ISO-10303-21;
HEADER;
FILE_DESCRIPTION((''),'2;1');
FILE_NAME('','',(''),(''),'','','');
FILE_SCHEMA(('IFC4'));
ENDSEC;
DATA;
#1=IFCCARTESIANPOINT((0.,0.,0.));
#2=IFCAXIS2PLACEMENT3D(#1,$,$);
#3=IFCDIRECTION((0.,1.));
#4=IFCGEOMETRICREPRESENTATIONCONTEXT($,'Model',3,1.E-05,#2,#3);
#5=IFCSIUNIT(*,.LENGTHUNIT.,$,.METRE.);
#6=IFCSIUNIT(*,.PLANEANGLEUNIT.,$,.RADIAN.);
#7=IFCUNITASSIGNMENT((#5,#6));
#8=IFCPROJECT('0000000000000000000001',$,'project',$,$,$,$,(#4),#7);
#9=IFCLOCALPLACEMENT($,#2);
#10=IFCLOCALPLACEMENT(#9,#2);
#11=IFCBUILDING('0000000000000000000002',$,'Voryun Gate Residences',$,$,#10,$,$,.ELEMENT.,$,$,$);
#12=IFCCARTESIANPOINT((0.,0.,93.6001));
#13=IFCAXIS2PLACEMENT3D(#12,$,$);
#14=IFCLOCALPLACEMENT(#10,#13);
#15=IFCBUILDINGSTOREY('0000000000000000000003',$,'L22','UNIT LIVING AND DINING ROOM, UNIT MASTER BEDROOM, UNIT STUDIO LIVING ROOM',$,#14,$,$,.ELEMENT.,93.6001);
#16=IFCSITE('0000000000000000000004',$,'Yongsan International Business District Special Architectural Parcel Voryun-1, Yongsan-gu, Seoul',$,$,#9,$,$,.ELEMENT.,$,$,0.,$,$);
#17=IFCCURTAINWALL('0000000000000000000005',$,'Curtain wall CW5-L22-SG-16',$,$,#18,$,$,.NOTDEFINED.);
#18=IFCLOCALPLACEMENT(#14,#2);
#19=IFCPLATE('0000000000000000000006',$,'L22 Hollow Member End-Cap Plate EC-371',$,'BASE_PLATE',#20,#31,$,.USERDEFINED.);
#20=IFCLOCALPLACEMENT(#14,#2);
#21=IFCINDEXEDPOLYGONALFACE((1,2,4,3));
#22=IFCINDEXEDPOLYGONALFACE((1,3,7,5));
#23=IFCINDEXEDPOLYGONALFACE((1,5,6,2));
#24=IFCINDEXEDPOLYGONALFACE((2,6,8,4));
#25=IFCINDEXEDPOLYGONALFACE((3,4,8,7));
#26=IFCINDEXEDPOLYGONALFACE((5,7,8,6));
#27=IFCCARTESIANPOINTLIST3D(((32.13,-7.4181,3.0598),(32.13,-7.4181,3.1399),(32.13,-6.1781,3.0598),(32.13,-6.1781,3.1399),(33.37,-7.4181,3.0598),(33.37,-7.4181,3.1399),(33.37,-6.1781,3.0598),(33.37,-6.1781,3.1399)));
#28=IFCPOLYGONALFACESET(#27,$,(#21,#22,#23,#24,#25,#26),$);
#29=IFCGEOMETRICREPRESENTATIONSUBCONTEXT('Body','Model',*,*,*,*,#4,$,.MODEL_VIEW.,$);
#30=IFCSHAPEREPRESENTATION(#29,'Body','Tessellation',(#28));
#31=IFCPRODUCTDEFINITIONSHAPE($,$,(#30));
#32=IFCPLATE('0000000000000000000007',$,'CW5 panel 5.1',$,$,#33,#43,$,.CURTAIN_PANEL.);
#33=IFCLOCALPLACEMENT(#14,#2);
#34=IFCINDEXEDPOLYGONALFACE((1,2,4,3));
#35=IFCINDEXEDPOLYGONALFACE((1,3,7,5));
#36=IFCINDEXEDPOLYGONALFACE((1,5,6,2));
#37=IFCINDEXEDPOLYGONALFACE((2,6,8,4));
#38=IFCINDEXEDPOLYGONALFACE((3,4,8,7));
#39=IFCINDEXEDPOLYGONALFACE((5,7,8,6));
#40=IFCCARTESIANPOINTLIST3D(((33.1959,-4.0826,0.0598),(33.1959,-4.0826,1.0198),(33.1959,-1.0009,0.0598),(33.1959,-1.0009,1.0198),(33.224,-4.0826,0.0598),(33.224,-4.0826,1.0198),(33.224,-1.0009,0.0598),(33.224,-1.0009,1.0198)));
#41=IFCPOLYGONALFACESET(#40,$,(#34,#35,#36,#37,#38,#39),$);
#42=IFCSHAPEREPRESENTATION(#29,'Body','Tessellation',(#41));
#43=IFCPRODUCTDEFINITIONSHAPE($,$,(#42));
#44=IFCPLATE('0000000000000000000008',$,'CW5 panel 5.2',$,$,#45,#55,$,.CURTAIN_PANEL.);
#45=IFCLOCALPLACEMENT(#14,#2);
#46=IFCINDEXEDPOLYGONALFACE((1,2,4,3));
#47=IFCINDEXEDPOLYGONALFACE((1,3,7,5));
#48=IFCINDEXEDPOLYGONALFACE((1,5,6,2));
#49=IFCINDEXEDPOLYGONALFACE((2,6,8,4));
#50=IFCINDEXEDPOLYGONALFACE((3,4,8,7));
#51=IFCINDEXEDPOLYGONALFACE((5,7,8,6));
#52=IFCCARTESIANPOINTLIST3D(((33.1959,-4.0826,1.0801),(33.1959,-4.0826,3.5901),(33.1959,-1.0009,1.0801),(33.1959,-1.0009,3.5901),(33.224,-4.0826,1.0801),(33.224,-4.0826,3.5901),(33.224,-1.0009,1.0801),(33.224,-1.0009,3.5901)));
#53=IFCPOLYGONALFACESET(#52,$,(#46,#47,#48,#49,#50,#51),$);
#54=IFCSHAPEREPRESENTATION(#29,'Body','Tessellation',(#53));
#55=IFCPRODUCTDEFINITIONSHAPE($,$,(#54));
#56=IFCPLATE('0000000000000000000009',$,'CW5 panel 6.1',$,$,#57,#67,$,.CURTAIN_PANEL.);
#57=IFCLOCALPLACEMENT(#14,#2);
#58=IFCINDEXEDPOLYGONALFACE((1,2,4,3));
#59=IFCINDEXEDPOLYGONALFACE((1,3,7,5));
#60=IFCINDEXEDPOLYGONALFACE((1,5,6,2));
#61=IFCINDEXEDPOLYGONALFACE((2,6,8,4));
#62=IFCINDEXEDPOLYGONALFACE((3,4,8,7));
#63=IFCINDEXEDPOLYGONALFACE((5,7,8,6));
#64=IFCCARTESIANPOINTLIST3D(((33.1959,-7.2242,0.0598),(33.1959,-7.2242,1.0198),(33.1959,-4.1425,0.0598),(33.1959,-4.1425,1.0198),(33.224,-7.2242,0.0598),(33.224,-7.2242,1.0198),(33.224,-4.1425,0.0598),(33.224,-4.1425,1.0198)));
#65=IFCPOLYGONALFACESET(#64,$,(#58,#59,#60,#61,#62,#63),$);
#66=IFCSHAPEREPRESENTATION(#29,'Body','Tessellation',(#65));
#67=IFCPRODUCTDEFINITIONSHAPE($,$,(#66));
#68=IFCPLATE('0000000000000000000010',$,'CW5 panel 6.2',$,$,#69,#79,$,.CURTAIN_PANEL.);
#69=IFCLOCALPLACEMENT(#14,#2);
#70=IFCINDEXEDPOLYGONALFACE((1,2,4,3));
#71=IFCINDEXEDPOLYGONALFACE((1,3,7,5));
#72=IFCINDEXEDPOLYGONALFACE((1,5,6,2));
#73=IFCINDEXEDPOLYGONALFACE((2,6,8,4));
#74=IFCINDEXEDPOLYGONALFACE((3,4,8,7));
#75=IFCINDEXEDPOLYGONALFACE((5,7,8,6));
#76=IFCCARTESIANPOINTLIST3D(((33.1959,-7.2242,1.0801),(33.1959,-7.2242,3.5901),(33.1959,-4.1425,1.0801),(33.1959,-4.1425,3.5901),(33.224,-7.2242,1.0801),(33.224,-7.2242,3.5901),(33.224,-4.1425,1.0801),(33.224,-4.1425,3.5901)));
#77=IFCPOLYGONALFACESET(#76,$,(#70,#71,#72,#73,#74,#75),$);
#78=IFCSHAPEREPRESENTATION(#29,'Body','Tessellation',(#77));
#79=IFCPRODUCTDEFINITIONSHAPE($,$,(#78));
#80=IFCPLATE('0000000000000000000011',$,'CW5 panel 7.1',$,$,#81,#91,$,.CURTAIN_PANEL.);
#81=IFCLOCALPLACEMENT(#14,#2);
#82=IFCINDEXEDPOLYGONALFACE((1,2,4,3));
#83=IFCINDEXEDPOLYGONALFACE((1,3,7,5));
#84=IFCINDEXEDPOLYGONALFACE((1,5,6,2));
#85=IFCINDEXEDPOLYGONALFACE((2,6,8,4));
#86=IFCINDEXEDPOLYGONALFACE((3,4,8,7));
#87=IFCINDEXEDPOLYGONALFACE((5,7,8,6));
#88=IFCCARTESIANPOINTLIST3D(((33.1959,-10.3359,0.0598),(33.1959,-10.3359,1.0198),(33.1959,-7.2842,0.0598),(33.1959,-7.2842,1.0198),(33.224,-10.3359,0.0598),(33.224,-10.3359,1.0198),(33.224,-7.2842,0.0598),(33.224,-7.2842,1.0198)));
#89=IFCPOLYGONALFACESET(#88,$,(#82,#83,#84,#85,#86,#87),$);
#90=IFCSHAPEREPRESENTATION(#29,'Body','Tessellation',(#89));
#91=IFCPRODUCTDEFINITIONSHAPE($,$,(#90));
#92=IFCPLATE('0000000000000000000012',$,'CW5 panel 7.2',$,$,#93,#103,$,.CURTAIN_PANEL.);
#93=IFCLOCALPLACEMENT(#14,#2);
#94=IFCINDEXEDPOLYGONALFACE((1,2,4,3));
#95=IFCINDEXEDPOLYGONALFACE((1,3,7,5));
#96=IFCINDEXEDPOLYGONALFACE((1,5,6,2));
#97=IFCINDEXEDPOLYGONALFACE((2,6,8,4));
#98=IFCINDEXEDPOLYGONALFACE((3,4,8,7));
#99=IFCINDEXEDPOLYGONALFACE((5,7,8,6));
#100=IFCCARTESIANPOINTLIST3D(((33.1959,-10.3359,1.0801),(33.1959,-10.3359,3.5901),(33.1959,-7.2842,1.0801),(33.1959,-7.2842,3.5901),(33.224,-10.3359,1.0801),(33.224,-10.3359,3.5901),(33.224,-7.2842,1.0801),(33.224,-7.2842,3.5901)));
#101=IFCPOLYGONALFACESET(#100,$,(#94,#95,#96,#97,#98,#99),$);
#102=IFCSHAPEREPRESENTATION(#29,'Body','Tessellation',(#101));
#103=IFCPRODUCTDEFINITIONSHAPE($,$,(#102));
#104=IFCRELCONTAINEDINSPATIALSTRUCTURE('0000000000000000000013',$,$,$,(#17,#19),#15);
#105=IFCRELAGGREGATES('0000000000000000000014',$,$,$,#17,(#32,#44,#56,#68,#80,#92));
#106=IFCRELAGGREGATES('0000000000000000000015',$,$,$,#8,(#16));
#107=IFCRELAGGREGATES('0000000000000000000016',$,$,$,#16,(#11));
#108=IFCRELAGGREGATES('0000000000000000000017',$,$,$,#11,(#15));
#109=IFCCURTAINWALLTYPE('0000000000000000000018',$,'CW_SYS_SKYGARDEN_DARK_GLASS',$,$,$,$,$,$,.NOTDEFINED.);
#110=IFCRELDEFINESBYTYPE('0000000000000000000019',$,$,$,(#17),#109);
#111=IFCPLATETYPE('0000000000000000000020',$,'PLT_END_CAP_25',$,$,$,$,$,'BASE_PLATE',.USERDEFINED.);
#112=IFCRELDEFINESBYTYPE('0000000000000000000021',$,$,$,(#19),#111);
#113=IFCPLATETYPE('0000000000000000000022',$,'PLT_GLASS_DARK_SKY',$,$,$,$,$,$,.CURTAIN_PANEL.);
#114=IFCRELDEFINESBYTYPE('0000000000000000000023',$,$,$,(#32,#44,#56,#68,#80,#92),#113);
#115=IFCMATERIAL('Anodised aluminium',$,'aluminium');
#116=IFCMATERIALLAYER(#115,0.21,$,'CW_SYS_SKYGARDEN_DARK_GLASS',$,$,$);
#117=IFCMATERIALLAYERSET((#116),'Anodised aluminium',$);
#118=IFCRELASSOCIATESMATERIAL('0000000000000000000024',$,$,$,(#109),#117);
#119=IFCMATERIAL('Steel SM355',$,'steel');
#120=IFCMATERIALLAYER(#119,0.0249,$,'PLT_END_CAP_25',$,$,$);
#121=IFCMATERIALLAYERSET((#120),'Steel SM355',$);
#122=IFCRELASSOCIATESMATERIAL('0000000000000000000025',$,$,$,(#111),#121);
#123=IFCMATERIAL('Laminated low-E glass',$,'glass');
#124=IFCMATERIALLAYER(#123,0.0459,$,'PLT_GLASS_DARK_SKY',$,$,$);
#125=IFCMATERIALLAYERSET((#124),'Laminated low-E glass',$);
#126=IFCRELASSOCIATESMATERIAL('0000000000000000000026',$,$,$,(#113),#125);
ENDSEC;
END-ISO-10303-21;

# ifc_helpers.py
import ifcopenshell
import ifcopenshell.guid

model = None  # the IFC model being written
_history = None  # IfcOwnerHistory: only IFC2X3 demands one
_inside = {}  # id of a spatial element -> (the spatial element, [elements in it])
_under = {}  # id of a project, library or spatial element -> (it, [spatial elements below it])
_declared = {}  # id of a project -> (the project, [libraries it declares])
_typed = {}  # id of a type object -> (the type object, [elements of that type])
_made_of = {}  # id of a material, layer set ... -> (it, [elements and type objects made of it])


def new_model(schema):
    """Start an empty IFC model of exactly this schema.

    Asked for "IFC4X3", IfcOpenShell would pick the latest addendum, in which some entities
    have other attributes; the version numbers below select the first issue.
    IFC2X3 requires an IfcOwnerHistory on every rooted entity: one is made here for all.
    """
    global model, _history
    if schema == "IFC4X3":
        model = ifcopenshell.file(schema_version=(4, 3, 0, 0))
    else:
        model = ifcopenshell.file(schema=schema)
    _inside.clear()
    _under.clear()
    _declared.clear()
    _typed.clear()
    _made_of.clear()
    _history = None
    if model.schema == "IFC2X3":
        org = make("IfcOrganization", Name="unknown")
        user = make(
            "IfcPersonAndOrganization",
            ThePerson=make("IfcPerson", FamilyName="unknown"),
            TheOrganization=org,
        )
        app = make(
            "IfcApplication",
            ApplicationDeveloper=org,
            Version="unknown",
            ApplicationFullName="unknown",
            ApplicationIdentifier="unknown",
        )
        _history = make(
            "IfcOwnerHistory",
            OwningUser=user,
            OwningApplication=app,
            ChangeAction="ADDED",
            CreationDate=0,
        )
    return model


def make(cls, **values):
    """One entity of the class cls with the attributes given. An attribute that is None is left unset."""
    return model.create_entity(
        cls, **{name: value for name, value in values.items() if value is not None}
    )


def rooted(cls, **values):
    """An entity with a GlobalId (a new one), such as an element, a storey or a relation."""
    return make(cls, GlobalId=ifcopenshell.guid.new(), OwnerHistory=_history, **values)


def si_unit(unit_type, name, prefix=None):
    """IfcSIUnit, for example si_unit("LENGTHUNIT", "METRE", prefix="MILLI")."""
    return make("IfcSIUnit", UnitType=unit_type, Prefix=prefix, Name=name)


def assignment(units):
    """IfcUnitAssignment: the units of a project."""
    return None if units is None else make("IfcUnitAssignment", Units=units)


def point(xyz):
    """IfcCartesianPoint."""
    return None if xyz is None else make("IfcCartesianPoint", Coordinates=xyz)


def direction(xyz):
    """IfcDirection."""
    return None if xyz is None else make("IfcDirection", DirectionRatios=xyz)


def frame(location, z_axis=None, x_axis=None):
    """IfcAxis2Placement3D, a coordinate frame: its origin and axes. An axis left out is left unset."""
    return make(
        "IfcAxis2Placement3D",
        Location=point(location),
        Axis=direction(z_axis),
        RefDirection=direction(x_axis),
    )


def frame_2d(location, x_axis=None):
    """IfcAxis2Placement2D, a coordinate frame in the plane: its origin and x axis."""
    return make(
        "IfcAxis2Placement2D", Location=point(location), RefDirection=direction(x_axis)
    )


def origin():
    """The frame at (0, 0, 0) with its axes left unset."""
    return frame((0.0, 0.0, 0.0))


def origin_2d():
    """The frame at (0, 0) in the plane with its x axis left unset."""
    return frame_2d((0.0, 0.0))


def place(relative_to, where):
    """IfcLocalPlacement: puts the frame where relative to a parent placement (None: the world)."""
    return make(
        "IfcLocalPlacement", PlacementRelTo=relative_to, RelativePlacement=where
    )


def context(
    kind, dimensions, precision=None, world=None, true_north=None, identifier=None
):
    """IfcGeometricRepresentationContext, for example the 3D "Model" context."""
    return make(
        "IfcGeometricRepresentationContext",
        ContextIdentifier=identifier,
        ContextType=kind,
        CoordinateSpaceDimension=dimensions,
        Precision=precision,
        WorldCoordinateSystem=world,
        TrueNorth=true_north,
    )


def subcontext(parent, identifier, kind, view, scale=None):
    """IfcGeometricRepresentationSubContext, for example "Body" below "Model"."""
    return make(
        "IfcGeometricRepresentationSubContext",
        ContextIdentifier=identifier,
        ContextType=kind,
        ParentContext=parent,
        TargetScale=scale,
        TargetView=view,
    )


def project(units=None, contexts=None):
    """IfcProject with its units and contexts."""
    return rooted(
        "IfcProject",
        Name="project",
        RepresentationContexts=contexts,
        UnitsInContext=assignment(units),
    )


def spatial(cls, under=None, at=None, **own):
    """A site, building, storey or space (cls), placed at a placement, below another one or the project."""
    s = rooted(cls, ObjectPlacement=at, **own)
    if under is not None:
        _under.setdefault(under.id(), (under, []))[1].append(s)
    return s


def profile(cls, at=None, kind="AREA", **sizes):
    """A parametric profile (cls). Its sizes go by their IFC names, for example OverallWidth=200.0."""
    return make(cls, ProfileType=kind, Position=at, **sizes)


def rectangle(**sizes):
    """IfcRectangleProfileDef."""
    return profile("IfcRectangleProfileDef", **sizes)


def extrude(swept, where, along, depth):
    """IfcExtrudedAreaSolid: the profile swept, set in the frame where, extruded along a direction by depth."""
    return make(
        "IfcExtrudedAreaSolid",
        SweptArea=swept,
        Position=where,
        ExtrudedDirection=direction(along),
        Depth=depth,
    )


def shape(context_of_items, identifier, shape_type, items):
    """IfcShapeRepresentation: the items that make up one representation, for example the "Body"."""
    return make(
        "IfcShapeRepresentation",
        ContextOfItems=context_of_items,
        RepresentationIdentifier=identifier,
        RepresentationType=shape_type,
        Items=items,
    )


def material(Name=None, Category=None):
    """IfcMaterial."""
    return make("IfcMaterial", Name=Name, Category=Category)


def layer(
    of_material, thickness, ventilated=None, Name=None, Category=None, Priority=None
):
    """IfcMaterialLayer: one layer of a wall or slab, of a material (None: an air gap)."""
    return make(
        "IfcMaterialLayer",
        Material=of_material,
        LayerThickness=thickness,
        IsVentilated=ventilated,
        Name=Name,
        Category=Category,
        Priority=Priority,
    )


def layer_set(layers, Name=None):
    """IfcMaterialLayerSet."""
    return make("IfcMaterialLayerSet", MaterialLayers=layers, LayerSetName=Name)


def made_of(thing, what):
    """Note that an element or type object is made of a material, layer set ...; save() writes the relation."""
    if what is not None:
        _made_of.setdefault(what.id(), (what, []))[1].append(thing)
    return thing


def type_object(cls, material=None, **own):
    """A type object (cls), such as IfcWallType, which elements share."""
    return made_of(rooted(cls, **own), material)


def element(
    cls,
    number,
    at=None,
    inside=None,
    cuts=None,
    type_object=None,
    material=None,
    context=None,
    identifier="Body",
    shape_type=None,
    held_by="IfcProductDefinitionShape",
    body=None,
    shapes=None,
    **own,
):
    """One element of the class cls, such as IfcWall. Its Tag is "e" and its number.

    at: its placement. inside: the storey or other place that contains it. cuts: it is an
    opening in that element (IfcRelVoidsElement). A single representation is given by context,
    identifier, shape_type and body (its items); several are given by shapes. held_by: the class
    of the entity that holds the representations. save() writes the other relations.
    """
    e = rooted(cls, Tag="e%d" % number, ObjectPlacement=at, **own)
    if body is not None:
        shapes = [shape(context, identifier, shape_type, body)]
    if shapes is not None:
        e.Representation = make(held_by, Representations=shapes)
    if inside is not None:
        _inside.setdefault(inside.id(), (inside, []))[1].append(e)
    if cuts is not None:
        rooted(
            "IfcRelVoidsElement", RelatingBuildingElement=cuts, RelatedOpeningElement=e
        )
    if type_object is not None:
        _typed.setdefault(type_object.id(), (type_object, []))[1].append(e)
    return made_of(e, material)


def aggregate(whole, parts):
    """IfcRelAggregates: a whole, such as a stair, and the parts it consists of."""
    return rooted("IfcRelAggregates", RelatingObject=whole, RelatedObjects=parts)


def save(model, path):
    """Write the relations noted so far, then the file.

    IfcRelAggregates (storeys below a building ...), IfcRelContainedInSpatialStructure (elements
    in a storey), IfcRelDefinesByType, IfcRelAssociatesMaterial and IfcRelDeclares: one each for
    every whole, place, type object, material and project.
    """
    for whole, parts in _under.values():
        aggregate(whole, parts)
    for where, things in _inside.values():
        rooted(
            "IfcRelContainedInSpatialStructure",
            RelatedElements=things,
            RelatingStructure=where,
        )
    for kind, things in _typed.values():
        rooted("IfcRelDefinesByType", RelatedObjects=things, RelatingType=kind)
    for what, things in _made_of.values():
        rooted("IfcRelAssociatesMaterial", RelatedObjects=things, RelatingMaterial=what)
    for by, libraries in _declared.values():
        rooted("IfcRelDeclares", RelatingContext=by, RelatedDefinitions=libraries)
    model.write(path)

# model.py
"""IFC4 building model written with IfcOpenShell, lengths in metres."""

from ifc_helpers import new_model, si_unit, direction, frame, origin, origin_2d, place, context, subcontext, project, spatial, rectangle, extrude, material, layer, layer_set, type_object, element, aggregate, save


model = new_model("IFC4")

# Units and contexts
model_context = context("Model", 3, precision=1e-05, world=origin(), true_north=direction((0.0, 1.0)))
body_context = subcontext(model_context, "Body", "Model", "MODEL_VIEW")
ifc_project = project(units=[si_unit("LENGTHUNIT", "METRE"), si_unit("PLANEANGLEUNIT", "RADIAN")], contexts=[model_context])

# Site, building, storey
site_placement = place(None, origin())
site = spatial("IfcSite", under=ifc_project, at=site_placement, Name="Yongsan International Business District Special Architectural Parcel Voryun-1, Yongsan-gu, Seoul", CompositionType="ELEMENT", RefElevation=0.0)
building_placement = place(site_placement, origin())
building = spatial("IfcBuilding", under=site, at=building_placement, Name="Voryun Gate Residences", CompositionType="ELEMENT")
storey_placement = place(building_placement, frame((0.0, 0.0, 93.6001)))
storey = spatial("IfcBuildingStorey", under=building, at=storey_placement, Name="L22", Description="UNIT LIVING AND DINING ROOM, UNIT MASTER BEDROOM, UNIT STUDIO LIVING ROOM", CompositionType="ELEMENT", Elevation=93.6001)

# Curtain wall
ifc_material_1 = material(Name="Anodised aluminium", Category="aluminium")
ifc_layer_1 = layer(ifc_material_1, 0.21, Name="CW_SYS_SKYGARDEN_DARK_GLASS")
ifc_layer_set_1 = layer_set([ifc_layer_1], Name="Anodised aluminium")
curtain_wall_type = type_object("IfcCurtainWallType", Name="CW_SYS_SKYGARDEN_DARK_GLASS", PredefinedType="NOTDEFINED", material=ifc_layer_set_1)
curtain_wall_placement = place(storey_placement, origin())
curtain_wall = element("IfcCurtainWall", 1, at=curtain_wall_placement, inside=storey, type_object=curtain_wall_type, Name="Curtain wall CW5-L22-SG-16", PredefinedType="NOTDEFINED")

# Plate
ifc_material_2 = material(Name="Steel SM355", Category="steel")
ifc_layer_2 = layer(ifc_material_2, 0.0249, Name="PLT_END_CAP_25")
ifc_layer_set_2 = layer_set([ifc_layer_2], Name="Steel SM355")
plate_type_1 = type_object("IfcPlateType", Name="PLT_END_CAP_25", ElementType="BASE_PLATE", PredefinedType="USERDEFINED", material=ifc_layer_set_2)
for number, where, z_axis, x_axis, name in (
    (2, (32.75, -6.7981, 3.0598), (0.0, 0.0, 1.0), (1.0, 0.0, 0.0), "L22 Hollow Member End-Cap Plate EC-371"),
):
    element("IfcPlate", number, at=place(storey_placement, frame(where, z_axis=z_axis, x_axis=x_axis)), inside=storey, type_object=plate_type_1, Name=name, ObjectType="BASE_PLATE", PredefinedType="USERDEFINED", context=body_context, shape_type="SweptSolid", body=[
        extrude(rectangle(XDim=1.24, YDim=1.24, at=origin_2d()), origin(), (0.0, 0.0, 1.0), 0.0801),
    ])

# Plates
ifc_material_3 = material(Name="Laminated low-E glass", Category="glass")
ifc_layer_3 = layer(ifc_material_3, 0.0459, Name="PLT_GLASS_DARK_SKY")
ifc_layer_set_3 = layer_set([ifc_layer_3], Name="Laminated low-E glass")
plate_type_2 = type_object("IfcPlateType", Name="PLT_GLASS_DARK_SKY", PredefinedType="CURTAIN_PANEL", material=ifc_layer_set_3)
plate_1_placement = place(storey_placement, frame((33.21, -2.5417, 0.0598), z_axis=(0.0, 0.0, 1.0), x_axis=(0.0, -1.0, 0.0)))
plate_1 = element("IfcPlate", 3, at=plate_1_placement, type_object=plate_type_2, Name="CW5 panel 5.1", PredefinedType="CURTAIN_PANEL", context=body_context, shape_type="SweptSolid", body=[
    extrude(rectangle(XDim=3.0818, YDim=0.0281, at=origin_2d()), origin(), (0.0, 0.0, 1.0), 0.96),
])
plate_2_placement = place(storey_placement, frame((33.21, -2.5417, 1.0801), z_axis=(0.0, 0.0, 1.0), x_axis=(0.0, -1.0, 0.0)))
plate_2 = element("IfcPlate", 4, at=plate_2_placement, type_object=plate_type_2, Name="CW5 panel 5.2", PredefinedType="CURTAIN_PANEL", context=body_context, shape_type="SweptSolid", body=[
    extrude(rectangle(XDim=3.0818, YDim=0.0281, at=origin_2d()), origin(), (0.0, 0.0, 1.0), 2.51),
])
plate_3_placement = place(storey_placement, frame((33.21, -5.6833, 0.0598), z_axis=(0.0, 0.0, 1.0), x_axis=(0.0, -1.0, 0.0)))
plate_3 = element("IfcPlate", 5, at=plate_3_placement, type_object=plate_type_2, Name="CW5 panel 6.1", PredefinedType="CURTAIN_PANEL", context=body_context, shape_type="SweptSolid", body=[
    extrude(rectangle(XDim=3.0818, YDim=0.0281, at=origin_2d()), origin(), (0.0, 0.0, 1.0), 0.96),
])
plate_4_placement = place(storey_placement, frame((33.21, -5.6833, 1.0801), z_axis=(0.0, 0.0, 1.0), x_axis=(0.0, -1.0, 0.0)))
plate_4 = element("IfcPlate", 6, at=plate_4_placement, type_object=plate_type_2, Name="CW5 panel 6.2", PredefinedType="CURTAIN_PANEL", context=body_context, shape_type="SweptSolid", body=[
    extrude(rectangle(XDim=3.0818, YDim=0.0281, at=origin_2d()), origin(), (0.0, 0.0, 1.0), 2.51),
])
plate_5_placement = place(storey_placement, frame((33.21, -8.8101, 0.0598), z_axis=(0.0, 0.0, 1.0), x_axis=(0.0, -1.0, 0.0)))
plate_5 = element("IfcPlate", 7, at=plate_5_placement, type_object=plate_type_2, Name="CW5 panel 7.1", PredefinedType="CURTAIN_PANEL", context=body_context, shape_type="SweptSolid", body=[
    extrude(rectangle(XDim=3.0518, YDim=0.0281, at=origin_2d()), origin(), (0.0, 0.0, 1.0), 0.96),
])
plate_6_placement = place(storey_placement, frame((33.21, -8.8101, 1.0801), z_axis=(0.0, 0.0, 1.0), x_axis=(0.0, -1.0, 0.0)))
plate_6 = element("IfcPlate", 8, at=plate_6_placement, type_object=plate_type_2, Name="CW5 panel 7.2", PredefinedType="CURTAIN_PANEL", context=body_context, shape_type="SweptSolid", body=[
    extrude(rectangle(XDim=3.0518, YDim=0.0281, at=origin_2d()), origin(), (0.0, 0.0, 1.0), 2.51),
])
aggregate(curtain_wall, [plate_1, plate_2, plate_3, plate_4, plate_5, plate_6])

save(model, "model.ifc")
